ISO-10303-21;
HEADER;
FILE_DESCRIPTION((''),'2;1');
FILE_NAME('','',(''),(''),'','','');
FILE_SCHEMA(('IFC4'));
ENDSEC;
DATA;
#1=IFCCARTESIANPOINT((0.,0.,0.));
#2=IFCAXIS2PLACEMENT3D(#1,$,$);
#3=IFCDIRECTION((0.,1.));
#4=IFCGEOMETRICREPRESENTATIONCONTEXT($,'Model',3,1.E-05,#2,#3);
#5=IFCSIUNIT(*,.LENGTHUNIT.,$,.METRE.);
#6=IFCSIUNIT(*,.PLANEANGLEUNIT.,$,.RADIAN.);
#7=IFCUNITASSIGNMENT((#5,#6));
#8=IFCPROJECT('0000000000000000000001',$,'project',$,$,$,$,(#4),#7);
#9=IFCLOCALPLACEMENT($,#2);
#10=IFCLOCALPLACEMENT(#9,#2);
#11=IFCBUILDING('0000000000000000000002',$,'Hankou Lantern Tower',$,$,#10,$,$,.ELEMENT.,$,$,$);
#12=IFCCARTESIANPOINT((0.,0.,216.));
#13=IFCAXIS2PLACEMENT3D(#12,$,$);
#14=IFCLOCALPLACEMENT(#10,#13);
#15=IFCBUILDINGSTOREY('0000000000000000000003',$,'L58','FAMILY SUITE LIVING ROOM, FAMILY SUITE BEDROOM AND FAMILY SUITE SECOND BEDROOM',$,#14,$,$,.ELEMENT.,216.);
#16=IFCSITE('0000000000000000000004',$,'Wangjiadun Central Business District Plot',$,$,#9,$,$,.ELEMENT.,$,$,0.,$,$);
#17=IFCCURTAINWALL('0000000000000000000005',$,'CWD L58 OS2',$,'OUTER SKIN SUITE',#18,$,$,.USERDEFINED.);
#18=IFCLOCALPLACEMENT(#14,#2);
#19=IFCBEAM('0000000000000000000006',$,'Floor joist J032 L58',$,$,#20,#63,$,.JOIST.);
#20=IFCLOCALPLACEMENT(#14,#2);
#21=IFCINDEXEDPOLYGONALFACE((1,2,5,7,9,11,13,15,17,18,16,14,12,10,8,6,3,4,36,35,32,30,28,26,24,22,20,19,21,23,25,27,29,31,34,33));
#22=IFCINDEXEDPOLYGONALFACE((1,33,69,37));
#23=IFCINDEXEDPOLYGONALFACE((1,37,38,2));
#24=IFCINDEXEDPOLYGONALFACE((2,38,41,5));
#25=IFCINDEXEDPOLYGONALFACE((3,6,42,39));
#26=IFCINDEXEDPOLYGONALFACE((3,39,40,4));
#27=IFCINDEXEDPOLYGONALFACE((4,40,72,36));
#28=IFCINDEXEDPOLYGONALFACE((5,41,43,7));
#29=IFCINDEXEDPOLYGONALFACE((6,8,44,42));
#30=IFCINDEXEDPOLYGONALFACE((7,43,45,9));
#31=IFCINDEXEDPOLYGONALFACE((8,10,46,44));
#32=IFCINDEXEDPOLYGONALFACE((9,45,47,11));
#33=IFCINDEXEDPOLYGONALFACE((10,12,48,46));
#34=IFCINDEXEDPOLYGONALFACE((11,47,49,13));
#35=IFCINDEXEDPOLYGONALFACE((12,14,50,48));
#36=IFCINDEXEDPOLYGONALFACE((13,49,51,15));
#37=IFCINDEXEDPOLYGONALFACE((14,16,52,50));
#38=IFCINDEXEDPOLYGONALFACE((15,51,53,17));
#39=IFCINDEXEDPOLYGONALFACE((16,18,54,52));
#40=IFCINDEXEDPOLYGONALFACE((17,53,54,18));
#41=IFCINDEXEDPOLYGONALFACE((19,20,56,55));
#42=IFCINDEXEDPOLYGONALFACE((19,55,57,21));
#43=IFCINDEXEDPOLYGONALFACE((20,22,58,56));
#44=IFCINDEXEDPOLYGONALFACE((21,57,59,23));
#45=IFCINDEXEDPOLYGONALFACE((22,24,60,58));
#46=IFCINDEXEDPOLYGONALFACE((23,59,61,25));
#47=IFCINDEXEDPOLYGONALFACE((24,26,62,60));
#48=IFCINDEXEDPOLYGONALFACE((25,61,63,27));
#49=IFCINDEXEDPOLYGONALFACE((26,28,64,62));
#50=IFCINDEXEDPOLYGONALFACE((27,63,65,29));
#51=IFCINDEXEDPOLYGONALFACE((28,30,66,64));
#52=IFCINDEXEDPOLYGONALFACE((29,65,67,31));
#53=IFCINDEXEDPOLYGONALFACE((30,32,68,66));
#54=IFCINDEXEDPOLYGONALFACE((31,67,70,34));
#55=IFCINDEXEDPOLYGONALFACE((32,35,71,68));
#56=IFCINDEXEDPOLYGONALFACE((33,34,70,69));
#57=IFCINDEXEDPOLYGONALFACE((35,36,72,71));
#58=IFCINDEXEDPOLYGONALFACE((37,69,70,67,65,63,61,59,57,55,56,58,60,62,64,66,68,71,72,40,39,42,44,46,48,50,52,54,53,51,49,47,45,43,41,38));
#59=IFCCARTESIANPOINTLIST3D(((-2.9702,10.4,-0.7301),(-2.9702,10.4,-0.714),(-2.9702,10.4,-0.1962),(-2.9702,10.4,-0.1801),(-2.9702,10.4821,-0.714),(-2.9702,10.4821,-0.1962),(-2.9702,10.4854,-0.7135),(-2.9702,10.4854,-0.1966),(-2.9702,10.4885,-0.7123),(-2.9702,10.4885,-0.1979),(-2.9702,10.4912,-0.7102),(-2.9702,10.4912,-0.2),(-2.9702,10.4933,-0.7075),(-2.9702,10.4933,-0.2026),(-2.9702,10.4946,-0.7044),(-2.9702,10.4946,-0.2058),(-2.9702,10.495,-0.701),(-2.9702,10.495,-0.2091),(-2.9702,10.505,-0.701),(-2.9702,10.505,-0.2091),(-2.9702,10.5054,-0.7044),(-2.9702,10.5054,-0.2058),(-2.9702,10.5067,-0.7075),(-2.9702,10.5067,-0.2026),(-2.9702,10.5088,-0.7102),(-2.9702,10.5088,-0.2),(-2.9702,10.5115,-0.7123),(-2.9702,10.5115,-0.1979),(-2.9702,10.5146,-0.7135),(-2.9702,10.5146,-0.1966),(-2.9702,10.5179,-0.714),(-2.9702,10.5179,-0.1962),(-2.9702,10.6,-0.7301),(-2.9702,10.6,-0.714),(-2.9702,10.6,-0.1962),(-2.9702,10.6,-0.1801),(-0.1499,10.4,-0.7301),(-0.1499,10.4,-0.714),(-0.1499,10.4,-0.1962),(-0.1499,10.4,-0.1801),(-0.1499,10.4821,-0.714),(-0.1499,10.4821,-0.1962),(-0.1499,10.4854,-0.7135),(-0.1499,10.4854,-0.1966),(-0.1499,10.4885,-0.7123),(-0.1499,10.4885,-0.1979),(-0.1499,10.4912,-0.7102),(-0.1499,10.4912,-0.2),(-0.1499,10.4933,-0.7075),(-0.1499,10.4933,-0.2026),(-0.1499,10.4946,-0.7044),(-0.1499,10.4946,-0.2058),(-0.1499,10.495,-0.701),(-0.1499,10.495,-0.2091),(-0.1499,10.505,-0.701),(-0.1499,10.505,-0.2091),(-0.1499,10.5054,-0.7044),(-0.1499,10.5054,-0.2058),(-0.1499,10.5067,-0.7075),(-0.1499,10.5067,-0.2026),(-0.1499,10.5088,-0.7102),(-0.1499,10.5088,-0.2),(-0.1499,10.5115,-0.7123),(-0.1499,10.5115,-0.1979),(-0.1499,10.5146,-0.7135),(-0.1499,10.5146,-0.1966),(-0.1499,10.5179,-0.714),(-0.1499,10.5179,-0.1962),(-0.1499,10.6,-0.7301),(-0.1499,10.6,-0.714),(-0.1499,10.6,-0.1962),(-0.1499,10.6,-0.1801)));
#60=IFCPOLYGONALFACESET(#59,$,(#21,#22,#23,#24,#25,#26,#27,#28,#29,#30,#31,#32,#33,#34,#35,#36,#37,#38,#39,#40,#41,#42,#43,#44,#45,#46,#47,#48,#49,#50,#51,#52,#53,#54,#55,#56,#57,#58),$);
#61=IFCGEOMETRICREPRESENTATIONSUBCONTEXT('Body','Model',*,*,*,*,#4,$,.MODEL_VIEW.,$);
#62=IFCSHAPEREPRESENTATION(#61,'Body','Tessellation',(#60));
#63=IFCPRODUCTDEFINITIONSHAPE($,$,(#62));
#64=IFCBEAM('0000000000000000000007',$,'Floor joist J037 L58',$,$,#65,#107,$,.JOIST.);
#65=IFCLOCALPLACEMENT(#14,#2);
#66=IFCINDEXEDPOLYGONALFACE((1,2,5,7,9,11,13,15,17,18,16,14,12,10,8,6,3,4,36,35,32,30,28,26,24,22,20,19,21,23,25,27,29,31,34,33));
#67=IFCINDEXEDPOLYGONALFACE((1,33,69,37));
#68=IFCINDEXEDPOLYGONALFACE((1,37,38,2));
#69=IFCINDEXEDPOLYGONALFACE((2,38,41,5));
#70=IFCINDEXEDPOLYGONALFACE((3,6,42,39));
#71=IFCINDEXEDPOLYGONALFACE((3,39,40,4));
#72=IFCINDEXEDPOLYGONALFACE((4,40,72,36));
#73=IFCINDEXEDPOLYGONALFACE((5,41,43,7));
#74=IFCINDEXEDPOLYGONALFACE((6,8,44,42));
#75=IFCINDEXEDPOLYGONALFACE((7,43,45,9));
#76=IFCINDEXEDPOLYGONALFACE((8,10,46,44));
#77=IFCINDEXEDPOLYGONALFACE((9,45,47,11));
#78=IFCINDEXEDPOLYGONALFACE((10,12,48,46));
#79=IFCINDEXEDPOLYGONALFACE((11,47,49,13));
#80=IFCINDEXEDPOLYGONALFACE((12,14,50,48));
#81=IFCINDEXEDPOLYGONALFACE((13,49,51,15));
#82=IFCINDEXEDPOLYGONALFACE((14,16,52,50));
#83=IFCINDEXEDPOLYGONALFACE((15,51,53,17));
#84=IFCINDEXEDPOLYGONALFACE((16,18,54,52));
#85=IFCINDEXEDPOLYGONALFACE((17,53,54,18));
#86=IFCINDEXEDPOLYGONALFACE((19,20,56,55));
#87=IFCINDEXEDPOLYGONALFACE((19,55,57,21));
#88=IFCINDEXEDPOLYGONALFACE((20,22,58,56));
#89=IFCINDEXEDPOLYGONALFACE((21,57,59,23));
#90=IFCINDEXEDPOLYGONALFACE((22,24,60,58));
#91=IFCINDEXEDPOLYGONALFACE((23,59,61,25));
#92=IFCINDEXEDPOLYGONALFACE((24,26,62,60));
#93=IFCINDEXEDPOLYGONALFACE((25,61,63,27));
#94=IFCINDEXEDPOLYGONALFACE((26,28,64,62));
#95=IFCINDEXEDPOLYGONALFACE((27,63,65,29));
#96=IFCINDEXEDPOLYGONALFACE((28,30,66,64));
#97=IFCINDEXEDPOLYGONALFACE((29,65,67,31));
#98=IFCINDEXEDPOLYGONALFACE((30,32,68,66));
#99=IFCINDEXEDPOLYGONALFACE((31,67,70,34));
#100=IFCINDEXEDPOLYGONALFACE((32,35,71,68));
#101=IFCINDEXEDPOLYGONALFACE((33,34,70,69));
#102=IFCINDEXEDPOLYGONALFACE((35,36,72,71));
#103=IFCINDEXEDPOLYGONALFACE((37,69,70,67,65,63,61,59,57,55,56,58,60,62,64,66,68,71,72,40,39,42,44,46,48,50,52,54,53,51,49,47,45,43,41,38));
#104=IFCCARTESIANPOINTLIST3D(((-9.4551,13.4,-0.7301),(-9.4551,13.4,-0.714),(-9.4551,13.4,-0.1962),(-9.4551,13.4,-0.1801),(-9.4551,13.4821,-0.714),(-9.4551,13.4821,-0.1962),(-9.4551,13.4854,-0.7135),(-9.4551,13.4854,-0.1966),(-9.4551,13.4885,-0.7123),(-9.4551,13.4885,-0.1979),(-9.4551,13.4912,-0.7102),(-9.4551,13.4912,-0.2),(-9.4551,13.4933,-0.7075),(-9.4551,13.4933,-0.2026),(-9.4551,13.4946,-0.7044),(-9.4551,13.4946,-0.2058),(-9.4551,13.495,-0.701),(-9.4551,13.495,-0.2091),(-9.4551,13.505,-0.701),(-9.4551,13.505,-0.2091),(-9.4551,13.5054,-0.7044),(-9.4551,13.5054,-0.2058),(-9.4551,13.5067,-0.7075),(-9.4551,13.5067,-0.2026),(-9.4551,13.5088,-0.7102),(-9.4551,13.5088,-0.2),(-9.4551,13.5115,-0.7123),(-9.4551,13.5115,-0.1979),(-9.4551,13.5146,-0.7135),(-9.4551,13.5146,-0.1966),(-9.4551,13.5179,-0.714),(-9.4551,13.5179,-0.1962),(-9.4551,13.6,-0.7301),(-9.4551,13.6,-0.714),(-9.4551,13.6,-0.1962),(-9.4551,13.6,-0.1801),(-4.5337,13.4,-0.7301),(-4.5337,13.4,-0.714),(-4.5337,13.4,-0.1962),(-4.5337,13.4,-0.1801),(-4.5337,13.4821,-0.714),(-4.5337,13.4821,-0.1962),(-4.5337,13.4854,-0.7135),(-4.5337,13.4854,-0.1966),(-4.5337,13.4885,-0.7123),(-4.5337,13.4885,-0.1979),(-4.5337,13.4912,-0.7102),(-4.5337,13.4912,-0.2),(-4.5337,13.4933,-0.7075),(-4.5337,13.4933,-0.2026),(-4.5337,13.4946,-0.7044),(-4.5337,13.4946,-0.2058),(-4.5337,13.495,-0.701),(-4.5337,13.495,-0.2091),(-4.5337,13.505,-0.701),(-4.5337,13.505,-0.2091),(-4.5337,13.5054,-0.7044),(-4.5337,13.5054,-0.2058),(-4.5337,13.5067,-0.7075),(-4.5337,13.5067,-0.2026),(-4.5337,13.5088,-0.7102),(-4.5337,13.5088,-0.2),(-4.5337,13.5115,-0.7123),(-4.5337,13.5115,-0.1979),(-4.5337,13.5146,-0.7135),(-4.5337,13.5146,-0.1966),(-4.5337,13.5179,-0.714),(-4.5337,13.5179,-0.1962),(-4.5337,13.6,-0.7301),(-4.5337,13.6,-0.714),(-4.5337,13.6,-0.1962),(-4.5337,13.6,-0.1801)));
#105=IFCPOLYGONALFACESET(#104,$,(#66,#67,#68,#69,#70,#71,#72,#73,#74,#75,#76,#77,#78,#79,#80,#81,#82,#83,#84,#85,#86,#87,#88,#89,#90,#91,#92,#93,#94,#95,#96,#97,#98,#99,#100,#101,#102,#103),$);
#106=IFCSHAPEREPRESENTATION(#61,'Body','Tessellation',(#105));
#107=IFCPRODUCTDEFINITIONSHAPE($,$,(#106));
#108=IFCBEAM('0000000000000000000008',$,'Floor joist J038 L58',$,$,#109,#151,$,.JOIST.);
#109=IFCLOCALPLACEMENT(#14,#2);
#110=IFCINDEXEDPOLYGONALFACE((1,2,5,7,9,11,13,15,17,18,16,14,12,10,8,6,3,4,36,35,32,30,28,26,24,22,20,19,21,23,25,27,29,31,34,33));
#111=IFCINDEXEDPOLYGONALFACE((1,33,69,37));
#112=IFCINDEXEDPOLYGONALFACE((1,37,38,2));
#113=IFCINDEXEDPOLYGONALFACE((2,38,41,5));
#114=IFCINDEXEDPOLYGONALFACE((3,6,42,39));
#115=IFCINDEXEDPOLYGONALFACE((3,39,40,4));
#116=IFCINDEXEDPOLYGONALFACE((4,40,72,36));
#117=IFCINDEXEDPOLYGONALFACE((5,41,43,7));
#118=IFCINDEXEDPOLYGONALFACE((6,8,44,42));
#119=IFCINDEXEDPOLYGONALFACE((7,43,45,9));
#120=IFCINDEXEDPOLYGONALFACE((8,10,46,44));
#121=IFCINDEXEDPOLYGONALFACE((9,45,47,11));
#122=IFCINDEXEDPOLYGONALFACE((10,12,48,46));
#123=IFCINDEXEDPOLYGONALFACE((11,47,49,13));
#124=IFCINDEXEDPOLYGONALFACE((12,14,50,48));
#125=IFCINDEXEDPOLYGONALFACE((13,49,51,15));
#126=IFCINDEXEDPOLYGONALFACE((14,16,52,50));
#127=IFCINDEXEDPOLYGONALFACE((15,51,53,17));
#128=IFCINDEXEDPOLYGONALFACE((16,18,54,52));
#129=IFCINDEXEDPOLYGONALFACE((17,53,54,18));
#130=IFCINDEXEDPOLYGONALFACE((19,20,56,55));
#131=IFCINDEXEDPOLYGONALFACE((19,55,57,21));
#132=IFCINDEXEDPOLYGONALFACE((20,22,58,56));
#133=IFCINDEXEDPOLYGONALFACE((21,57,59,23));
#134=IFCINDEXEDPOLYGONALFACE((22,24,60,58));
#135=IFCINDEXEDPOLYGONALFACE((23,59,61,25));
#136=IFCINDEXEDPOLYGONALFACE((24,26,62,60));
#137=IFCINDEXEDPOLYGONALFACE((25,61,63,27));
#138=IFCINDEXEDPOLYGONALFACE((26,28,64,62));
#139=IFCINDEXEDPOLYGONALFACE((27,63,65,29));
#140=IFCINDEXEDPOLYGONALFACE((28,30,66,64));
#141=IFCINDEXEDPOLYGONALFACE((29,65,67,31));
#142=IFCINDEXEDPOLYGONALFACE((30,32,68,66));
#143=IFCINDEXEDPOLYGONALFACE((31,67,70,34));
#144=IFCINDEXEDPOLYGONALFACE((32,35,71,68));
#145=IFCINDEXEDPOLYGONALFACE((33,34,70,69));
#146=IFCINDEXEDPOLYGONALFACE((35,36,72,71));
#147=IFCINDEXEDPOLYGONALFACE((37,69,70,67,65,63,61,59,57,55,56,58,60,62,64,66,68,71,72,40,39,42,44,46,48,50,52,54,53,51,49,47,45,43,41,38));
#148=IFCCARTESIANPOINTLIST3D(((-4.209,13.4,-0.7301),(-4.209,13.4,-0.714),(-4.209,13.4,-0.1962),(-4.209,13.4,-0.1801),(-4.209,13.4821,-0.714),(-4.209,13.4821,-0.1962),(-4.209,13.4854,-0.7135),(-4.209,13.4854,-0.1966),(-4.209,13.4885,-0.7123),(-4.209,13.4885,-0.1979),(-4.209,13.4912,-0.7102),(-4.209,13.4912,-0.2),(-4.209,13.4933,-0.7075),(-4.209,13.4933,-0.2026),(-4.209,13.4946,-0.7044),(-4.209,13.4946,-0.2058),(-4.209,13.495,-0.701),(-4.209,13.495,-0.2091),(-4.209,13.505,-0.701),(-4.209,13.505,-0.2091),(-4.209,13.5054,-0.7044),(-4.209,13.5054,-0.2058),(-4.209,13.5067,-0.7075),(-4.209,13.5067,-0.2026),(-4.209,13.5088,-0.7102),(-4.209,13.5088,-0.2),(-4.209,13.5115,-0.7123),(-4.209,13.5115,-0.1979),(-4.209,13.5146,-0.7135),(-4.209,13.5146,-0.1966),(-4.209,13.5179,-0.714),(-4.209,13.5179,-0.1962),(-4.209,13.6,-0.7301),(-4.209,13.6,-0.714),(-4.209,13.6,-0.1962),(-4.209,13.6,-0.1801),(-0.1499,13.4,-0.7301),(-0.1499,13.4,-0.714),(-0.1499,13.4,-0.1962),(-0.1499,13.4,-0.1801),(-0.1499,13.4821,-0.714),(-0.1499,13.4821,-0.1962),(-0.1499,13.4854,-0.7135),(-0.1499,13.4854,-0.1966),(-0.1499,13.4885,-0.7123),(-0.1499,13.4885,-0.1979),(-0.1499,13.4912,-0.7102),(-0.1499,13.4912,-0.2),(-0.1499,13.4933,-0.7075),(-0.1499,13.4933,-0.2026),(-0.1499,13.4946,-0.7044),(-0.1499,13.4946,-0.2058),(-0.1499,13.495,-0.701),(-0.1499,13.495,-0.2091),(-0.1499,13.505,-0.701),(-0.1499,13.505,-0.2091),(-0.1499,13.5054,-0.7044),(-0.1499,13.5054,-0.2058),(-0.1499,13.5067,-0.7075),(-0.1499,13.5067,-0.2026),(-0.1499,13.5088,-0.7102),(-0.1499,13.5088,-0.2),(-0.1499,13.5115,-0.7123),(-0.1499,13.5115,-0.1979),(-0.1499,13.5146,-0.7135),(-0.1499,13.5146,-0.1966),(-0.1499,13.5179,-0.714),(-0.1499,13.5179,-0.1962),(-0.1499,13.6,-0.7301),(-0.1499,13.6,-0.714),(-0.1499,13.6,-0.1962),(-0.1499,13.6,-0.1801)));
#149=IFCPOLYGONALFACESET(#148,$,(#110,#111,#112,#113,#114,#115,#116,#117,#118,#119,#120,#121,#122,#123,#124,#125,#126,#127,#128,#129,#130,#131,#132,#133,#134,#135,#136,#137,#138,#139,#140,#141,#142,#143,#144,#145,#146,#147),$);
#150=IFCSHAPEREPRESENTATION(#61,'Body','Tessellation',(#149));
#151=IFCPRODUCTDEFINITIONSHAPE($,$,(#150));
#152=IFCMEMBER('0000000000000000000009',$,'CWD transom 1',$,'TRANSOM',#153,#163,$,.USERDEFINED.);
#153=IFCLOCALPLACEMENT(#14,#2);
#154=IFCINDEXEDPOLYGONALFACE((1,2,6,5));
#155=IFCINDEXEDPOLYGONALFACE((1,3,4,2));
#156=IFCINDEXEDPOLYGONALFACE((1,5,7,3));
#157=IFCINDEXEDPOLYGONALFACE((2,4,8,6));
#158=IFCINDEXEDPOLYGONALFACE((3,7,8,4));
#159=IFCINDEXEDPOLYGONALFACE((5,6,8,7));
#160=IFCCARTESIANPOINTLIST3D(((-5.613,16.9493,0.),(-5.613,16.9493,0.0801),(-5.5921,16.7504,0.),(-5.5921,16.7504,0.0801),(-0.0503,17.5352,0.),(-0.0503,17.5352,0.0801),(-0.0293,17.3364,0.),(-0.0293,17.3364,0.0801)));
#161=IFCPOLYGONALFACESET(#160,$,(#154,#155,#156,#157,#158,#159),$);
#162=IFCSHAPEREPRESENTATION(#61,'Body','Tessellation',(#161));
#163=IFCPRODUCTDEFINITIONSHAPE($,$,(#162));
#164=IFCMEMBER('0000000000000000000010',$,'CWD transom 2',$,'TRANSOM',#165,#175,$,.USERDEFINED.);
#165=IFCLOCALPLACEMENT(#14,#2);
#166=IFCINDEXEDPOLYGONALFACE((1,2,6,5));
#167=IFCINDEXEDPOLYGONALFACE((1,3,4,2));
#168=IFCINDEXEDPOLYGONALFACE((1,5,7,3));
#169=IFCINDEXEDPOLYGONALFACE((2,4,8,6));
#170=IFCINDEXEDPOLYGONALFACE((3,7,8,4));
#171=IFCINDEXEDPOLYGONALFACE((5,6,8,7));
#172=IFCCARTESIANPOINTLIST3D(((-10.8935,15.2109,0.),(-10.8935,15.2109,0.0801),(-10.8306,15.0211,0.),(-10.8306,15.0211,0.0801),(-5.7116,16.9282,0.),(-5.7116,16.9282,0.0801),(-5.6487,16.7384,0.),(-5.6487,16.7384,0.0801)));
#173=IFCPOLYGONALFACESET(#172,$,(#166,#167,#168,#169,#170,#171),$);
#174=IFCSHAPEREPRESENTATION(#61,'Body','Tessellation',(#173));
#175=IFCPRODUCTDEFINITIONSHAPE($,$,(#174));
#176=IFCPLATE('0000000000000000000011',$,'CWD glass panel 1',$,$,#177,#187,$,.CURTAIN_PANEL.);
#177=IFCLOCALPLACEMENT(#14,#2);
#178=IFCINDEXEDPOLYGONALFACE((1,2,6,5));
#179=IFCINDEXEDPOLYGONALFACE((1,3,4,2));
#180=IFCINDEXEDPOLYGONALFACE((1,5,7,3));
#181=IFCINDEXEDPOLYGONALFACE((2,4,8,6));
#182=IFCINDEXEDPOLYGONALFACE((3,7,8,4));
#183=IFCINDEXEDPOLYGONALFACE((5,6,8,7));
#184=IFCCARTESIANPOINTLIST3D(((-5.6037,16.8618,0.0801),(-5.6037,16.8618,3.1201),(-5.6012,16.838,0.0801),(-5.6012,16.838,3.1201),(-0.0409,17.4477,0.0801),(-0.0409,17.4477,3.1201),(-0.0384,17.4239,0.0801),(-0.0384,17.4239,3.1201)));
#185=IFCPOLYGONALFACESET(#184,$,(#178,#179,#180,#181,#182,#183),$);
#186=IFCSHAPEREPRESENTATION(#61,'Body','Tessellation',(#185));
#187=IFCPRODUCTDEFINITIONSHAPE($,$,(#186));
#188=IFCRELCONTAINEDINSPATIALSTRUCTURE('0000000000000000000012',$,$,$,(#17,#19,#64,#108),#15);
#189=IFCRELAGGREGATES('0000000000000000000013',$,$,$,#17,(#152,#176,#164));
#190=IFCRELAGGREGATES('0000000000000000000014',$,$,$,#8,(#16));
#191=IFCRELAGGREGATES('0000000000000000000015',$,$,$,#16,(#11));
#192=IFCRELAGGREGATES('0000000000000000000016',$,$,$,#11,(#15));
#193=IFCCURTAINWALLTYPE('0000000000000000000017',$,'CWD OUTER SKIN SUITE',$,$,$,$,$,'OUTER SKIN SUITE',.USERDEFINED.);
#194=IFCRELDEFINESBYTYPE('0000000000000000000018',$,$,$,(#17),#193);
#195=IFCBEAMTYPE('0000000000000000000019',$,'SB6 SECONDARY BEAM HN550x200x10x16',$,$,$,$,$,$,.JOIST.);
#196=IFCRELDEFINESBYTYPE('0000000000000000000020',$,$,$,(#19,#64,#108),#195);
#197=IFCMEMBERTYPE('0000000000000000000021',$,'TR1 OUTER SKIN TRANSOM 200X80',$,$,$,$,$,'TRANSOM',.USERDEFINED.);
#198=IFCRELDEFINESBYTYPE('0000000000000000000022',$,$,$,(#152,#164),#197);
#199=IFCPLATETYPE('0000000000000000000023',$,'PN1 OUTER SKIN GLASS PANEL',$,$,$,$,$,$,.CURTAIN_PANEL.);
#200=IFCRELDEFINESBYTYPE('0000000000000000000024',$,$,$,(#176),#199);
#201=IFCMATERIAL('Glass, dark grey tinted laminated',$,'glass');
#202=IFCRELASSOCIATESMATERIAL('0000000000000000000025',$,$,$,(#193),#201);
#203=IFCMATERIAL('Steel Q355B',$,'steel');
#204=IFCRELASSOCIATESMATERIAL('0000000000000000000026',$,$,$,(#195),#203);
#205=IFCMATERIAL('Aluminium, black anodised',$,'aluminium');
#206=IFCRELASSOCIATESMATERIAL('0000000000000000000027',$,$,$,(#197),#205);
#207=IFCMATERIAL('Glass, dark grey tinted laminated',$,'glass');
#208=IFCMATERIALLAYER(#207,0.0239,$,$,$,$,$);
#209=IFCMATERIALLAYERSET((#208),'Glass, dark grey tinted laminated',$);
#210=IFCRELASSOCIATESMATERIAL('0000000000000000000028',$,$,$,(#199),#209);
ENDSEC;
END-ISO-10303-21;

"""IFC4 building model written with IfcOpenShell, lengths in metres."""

from ifc_helpers import new_model, si_unit, direction, frame, origin, origin_2d, place, context, subcontext, project, spatial, rectangle, i_section, extrude, material, layer, layer_set, material_profile, profile_set, type_object, element, aggregate, save


model = new_model("IFC4")

# Units and contexts
model_context = context("Model", 3, precision=1e-05, world=origin(), true_north=direction((0.0, 1.0)))
body_context = subcontext(model_context, "Body", "Model", "MODEL_VIEW")
ifc_project = project(units=[si_unit("LENGTHUNIT", "METRE"), si_unit("PLANEANGLEUNIT", "RADIAN")], contexts=[model_context])

# Site, building, storey
site_placement = place(None, origin())
site = spatial("IfcSite", under=ifc_project, at=site_placement, Name="Wangjiadun Central Business District Plot", CompositionType="ELEMENT", RefElevation=0.0)
building_placement = place(site_placement, origin())
building = spatial("IfcBuilding", under=site, at=building_placement, Name="Hankou Lantern Tower", CompositionType="ELEMENT")
storey_placement = place(building_placement, frame((0.0, 0.0, 216.0)))
storey = spatial("IfcBuildingStorey", under=building, at=storey_placement, Name="L58", Description="FAMILY SUITE LIVING ROOM, FAMILY SUITE BEDROOM AND FAMILY SUITE SECOND BEDROOM", CompositionType="ELEMENT", Elevation=216.0)

# Curtain wall
ifc_material_1 = material(Name="Glass, dark grey tinted laminated", Category="glass")
curtain_wall_type = type_object("IfcCurtainWallType", Name="CWD OUTER SKIN SUITE", ElementType="OUTER SKIN SUITE", PredefinedType="USERDEFINED", material=ifc_material_1)
curtain_wall_placement = place(storey_placement, origin())
curtain_wall = element("IfcCurtainWall", 1, at=curtain_wall_placement, inside=storey, type_object=curtain_wall_type, Name="CWD L58 OS2", ObjectType="OUTER SKIN SUITE", PredefinedType="USERDEFINED")

# Beams
ifc_material_2 = material(Name="Steel Q355B", Category="steel")
ifc_material_profile_1 = material_profile(ifc_material_2, i_section(OverallWidth=0.2, OverallDepth=0.55, WebThickness=0.01, FlangeThickness=0.0161, FilletRadius=0.0129, at=origin_2d()), Name="HN550x200x10x16")
ifc_profile_set_1 = profile_set([ifc_material_profile_1], Name="Steel Q355B")
beam_type_1 = type_object("IfcBeamType", Name="SB6 SECONDARY BEAM HN550x200x10x16", PredefinedType="JOIST", material=ifc_profile_set_1)
beam_1_placement = place(storey_placement, frame((-2.9702, 10.5, -0.4551), z_axis=(1.0, 0.0, 0.0), x_axis=(0.0, 1.0, 0.0)))
element("IfcBeam", 2, at=beam_1_placement, inside=storey, type_object=beam_type_1, Name="Floor joist J032 L58", PredefinedType="JOIST", context=body_context, shape_type="SweptSolid", body=[
    extrude(i_section(OverallWidth=0.2, OverallDepth=0.55, WebThickness=0.01, FlangeThickness=0.0161, FilletRadius=0.0129, at=origin_2d()), origin(), (0.0, 0.0, 1.0), 2.8203),
])
beam_2_placement = place(storey_placement, frame((-9.4551, 13.5, -0.4551), z_axis=(1.0, 0.0, 0.0), x_axis=(0.0, 1.0, 0.0)))
element("IfcBeam", 3, at=beam_2_placement, inside=storey, type_object=beam_type_1, Name="Floor joist J037 L58", PredefinedType="JOIST", context=body_context, shape_type="SweptSolid", body=[
    extrude(i_section(OverallWidth=0.2, OverallDepth=0.55, WebThickness=0.01, FlangeThickness=0.0161, FilletRadius=0.0129, at=origin_2d()), origin(), (0.0, 0.0, 1.0), 4.9214),
])
beam_3_placement = place(storey_placement, frame((-4.209, 13.5, -0.4551), z_axis=(1.0, 0.0, 0.0), x_axis=(0.0, 1.0, 0.0)))
element("IfcBeam", 4, at=beam_3_placement, inside=storey, type_object=beam_type_1, Name="Floor joist J038 L58", PredefinedType="JOIST", context=body_context, shape_type="SweptSolid", body=[
    extrude(i_section(OverallWidth=0.2, OverallDepth=0.55, WebThickness=0.01, FlangeThickness=0.0161, FilletRadius=0.0129, at=origin_2d()), origin(), (0.0, 0.0, 1.0), 4.0591),
])

# Members
ifc_material_3 = material(Name="Aluminium, black anodised", Category="aluminium")
ifc_material_profile_2 = material_profile(ifc_material_3, rectangle(XDim=0.2, YDim=0.0801, at=origin_2d()), Name="TR1 200X80")
ifc_profile_set_2 = profile_set([ifc_material_profile_2], Name="Aluminium, black anodised")
member_type_1 = type_object("IfcMemberType", Name="TR1 OUTER SKIN TRANSOM 200X80", ElementType="TRANSOM", PredefinedType="USERDEFINED", material=ifc_profile_set_2)
member_1_placement = place(storey_placement, frame((-0.0398, 17.4358, 0.04), z_axis=(-0.994498, -0.104753, 0.0), x_axis=(0.104753, -0.994498, 0.0)))
member_1 = element("IfcMember", 5, at=member_1_placement, type_object=member_type_1, Name="CWD transom 1", ObjectType="TRANSOM", PredefinedType="USERDEFINED", context=body_context, shape_type="SweptSolid", body=[
    extrude(rectangle(XDim=0.2, YDim=0.0801, at=origin_2d()), origin(), (0.0, 0.0, 1.0), 5.5935),
])
member_2_placement = place(storey_placement, frame((-5.6802, 16.8333, 0.04), z_axis=(-0.949232, -0.314577, 0.0), x_axis=(0.314577, -0.949232, 0.0)))
member_2 = element("IfcMember", 6, at=member_2_placement, type_object=member_type_1, Name="CWD transom 2", ObjectType="TRANSOM", PredefinedType="USERDEFINED", context=body_context, shape_type="SweptSolid", body=[
    extrude(rectangle(XDim=0.2, YDim=0.0801, at=origin_2d()), origin(), (0.0, 0.0, 1.0), 5.459),
])

# Plate
ifc_material_4 = material(Name="Glass, dark grey tinted laminated", Category="glass")
ifc_layer_1 = layer(ifc_material_4, 0.0239)
ifc_layer_set_1 = layer_set([ifc_layer_1], Name="Glass, dark grey tinted laminated")
plate_type = type_object("IfcPlateType", Name="PN1 OUTER SKIN GLASS PANEL", PredefinedType="CURTAIN_PANEL", material=ifc_layer_set_1)
plate_1_placement = place(storey_placement, frame((-2.821, 17.1428, 0.0801), z_axis=(0.0, 0.0, 1.0), x_axis=(-0.994499, -0.104743, 0.0)))
plate_1 = element("IfcPlate", 7, at=plate_1_placement, type_object=plate_type, Name="CWD glass panel 1", PredefinedType="CURTAIN_PANEL", context=body_context, shape_type="SweptSolid", body=[
    extrude(rectangle(XDim=5.5935, YDim=0.0239, at=origin_2d()), origin(), (0.0, 0.0, 1.0), 3.04),
])
aggregate(curtain_wall, [member_1, plate_1, member_2])

save(model, "model.ifc")
